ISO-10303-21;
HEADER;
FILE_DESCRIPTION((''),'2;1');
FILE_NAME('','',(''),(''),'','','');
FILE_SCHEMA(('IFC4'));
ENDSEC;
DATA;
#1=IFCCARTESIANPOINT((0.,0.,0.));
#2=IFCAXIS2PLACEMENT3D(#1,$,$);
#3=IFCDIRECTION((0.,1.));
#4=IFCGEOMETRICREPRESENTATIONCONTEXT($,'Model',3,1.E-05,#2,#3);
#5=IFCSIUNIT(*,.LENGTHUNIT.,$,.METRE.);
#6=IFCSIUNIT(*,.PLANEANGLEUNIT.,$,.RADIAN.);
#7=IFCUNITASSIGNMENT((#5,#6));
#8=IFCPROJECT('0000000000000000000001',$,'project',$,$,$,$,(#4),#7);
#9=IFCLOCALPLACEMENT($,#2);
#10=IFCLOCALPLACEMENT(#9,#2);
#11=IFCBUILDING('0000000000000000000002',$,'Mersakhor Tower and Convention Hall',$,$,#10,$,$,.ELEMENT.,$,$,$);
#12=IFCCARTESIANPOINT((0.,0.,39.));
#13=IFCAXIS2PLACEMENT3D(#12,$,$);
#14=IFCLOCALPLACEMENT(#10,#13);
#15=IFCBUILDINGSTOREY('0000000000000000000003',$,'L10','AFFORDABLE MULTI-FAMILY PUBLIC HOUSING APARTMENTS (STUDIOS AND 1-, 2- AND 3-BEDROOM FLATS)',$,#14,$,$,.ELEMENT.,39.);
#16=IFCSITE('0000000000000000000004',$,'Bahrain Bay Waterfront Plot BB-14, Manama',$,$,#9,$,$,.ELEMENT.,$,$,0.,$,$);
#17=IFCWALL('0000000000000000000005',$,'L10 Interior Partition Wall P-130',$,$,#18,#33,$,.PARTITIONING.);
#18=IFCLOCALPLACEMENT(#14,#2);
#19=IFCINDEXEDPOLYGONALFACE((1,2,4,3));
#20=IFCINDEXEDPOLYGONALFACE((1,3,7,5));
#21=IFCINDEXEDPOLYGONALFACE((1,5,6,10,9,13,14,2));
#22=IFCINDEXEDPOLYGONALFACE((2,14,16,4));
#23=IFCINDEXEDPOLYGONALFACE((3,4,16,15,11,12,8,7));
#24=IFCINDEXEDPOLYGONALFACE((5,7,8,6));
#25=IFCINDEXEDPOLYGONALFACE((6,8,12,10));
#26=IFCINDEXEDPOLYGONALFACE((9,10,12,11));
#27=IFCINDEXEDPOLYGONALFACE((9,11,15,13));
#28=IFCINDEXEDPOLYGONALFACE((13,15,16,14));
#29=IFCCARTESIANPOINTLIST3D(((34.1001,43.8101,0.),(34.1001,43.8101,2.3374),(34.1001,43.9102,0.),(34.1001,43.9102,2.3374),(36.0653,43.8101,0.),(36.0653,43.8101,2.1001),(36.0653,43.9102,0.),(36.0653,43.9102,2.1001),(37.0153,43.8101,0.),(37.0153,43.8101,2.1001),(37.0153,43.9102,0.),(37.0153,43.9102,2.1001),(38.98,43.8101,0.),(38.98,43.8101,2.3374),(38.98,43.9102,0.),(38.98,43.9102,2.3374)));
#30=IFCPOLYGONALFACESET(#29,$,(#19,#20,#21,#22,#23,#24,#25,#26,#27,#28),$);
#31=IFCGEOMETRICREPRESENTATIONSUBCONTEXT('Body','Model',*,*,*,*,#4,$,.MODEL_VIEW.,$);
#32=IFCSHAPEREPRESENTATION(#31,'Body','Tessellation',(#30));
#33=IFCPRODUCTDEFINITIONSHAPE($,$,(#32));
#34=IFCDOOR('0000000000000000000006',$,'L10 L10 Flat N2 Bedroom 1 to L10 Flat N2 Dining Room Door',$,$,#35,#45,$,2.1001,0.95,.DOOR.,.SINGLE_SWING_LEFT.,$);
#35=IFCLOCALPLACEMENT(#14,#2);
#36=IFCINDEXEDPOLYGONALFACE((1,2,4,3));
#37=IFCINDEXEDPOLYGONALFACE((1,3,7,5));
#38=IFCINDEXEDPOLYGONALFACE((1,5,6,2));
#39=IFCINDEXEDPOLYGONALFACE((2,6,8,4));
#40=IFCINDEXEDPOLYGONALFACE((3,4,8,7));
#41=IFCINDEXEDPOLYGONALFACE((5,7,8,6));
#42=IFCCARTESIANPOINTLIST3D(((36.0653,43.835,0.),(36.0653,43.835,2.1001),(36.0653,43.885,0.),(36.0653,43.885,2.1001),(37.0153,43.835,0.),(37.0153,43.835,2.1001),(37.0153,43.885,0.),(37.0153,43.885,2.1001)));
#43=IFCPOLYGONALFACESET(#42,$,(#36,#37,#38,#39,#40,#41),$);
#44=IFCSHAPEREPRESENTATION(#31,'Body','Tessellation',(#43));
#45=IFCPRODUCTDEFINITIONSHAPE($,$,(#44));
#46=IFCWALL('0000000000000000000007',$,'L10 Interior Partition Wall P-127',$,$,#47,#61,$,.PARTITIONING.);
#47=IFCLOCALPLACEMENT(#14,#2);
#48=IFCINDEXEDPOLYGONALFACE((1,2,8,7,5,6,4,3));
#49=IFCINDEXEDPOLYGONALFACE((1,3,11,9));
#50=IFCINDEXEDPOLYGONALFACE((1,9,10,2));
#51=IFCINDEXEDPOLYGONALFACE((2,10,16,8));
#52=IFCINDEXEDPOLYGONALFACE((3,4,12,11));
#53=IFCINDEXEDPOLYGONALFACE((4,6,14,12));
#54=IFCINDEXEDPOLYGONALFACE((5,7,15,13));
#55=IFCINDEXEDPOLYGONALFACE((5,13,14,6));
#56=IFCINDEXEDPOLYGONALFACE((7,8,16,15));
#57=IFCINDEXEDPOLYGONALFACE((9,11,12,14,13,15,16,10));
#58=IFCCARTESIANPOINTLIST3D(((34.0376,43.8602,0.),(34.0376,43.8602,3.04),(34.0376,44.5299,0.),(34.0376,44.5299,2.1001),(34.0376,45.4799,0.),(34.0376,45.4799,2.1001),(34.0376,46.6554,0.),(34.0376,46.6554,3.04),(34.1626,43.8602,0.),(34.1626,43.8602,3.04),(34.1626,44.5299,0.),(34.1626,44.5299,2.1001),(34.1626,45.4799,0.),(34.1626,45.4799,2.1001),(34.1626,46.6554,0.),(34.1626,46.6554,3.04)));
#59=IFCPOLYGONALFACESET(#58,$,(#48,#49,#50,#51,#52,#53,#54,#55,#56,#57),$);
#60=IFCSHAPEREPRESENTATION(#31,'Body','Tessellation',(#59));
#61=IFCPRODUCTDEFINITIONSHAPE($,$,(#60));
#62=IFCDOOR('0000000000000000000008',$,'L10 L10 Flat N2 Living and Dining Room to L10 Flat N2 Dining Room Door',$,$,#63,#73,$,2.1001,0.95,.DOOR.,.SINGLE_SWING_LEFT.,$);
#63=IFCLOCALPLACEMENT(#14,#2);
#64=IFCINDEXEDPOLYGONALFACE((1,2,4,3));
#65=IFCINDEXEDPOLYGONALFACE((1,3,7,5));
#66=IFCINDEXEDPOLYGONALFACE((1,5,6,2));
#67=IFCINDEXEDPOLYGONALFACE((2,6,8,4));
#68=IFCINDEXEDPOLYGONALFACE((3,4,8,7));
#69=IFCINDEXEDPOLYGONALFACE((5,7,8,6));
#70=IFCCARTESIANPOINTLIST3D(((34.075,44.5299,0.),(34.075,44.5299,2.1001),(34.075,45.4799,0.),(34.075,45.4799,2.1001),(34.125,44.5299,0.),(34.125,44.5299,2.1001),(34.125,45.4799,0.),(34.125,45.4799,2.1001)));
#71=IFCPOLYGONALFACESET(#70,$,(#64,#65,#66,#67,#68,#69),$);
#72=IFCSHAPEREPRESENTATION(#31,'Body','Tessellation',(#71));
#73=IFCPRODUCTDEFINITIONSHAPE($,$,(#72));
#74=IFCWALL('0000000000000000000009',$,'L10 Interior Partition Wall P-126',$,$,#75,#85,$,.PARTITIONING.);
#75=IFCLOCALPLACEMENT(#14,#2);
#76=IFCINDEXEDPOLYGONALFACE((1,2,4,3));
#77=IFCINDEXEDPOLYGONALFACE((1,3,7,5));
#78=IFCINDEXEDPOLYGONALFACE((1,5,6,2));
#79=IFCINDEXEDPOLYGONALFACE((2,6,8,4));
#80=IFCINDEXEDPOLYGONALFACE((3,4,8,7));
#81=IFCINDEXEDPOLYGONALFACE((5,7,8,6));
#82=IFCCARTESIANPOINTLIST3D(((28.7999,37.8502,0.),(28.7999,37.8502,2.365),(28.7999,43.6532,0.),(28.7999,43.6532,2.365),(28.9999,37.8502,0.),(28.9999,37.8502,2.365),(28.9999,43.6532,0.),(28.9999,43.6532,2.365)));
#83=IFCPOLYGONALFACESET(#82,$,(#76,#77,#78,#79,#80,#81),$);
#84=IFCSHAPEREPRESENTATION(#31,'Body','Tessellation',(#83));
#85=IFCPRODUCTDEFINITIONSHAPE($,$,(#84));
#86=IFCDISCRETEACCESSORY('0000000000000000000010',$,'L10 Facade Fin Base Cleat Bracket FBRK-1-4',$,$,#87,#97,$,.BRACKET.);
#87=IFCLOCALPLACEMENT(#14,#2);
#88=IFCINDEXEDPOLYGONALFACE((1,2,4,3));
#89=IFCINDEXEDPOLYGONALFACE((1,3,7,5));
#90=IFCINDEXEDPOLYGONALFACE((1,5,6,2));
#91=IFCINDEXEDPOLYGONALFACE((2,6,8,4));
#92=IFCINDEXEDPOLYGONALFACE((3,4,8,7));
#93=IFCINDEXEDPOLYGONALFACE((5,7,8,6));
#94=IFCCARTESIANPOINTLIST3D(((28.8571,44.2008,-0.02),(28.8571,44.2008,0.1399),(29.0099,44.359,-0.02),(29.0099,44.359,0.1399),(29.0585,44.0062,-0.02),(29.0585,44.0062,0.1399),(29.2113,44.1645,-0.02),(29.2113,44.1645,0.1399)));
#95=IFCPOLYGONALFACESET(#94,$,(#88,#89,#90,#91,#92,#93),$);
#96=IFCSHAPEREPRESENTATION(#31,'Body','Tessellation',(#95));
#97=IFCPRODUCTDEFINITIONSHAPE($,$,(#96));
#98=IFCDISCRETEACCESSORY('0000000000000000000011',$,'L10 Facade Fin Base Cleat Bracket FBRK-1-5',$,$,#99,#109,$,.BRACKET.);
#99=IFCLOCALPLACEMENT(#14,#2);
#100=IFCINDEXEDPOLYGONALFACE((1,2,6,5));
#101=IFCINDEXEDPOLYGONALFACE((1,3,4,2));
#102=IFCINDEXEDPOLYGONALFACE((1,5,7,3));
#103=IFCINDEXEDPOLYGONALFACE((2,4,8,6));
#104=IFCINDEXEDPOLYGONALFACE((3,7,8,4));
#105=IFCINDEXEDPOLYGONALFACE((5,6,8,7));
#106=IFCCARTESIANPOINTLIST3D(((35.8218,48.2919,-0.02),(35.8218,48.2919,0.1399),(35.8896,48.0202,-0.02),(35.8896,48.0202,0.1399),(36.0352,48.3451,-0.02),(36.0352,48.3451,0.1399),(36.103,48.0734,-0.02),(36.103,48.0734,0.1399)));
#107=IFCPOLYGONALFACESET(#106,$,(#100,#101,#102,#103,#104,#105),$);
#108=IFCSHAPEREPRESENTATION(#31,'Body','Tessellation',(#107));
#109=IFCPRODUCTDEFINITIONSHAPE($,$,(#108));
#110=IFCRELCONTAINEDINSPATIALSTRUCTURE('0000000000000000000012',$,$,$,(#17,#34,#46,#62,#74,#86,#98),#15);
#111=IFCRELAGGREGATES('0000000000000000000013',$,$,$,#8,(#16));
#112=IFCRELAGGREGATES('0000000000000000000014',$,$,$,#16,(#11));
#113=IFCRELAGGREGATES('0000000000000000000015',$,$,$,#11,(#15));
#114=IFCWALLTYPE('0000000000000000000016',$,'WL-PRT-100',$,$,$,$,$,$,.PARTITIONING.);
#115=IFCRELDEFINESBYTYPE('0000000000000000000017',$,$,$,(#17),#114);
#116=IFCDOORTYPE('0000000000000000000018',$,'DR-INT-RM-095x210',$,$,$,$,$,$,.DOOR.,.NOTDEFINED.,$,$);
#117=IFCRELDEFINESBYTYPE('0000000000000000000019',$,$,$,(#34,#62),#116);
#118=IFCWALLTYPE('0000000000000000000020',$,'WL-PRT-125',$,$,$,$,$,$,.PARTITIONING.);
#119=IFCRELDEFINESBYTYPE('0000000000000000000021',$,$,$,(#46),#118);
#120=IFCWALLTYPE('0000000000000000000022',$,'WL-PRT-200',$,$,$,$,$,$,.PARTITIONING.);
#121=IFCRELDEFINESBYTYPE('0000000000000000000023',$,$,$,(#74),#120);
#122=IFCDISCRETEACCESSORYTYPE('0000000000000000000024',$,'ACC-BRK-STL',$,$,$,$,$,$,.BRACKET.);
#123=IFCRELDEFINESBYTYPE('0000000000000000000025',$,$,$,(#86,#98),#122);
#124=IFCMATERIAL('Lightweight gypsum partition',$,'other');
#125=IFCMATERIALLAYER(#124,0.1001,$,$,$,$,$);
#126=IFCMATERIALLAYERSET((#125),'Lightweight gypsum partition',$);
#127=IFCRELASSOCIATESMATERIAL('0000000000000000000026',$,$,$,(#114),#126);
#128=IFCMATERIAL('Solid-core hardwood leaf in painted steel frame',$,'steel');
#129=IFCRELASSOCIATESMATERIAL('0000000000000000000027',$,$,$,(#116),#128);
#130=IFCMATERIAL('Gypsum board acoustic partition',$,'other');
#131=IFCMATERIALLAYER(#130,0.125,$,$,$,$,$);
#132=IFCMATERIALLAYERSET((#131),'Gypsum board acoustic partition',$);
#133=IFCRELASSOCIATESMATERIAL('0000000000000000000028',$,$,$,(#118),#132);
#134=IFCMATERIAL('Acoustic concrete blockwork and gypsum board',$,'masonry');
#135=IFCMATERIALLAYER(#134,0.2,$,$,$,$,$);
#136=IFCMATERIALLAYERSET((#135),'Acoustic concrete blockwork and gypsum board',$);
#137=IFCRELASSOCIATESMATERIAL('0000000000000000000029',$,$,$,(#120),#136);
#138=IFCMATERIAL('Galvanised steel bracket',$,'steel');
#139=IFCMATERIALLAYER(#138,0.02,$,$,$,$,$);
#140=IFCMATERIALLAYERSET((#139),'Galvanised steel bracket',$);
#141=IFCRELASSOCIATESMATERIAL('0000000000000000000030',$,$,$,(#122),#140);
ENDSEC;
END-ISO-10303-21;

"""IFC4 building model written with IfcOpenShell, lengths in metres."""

from ifc_helpers import new_model, si_unit, direction, frame, frame_2d, origin, origin_2d, place, context, subcontext, project, spatial, rectangle, extrude, material, layer, layer_set, type_object, element, fill, save


model = new_model("IFC4")

# Units and contexts
model_context = context("Model", 3, precision=1e-05, world=origin(), true_north=direction((0.0, 1.0)))
body_context = subcontext(model_context, "Body", "Model", "MODEL_VIEW")
ifc_project = project(units=[si_unit("LENGTHUNIT", "METRE"), si_unit("PLANEANGLEUNIT", "RADIAN")], contexts=[model_context])

# Site, building, storey
site_placement = place(None, origin())
site = spatial("IfcSite", under=ifc_project, at=site_placement, Name="Bahrain Bay Waterfront Plot BB-14, Manama", CompositionType="ELEMENT", RefElevation=0.0)
building_placement = place(site_placement, origin())
building = spatial("IfcBuilding", under=site, at=building_placement, Name="Mersakhor Tower and Convention Hall", CompositionType="ELEMENT")
storey_placement = place(building_placement, frame((0.0, 0.0, 39.0)))
storey = spatial("IfcBuildingStorey", under=building, at=storey_placement, Name="L10", Description="AFFORDABLE MULTI-FAMILY PUBLIC HOUSING APARTMENTS (STUDIOS AND 1-, 2- AND 3-BEDROOM FLATS)", CompositionType="ELEMENT", Elevation=39.0)

# Shared definitions
ifc_material_1 = material(Name="Lightweight gypsum partition", Category="other")
ifc_layer_1 = layer(ifc_material_1, 0.1001)
ifc_layer_set_1 = layer_set([ifc_layer_1], Name="Lightweight gypsum partition")
wall_type_1 = type_object("IfcWallType", Name="WL-PRT-100", PredefinedType="PARTITIONING", material=ifc_layer_set_1)

# Walls, openings, doors
ifc_material_2 = material(Name="Solid-core hardwood leaf in painted steel frame", Category="steel")
door_type = type_object("IfcDoorType", Name="DR-INT-RM-095x210", OperationType="NOTDEFINED", PredefinedType="DOOR", material=ifc_material_2)
wall_1_placement = place(storey_placement, frame((34.1001, 43.8601, 0.0), z_axis=(0.0, 0.0, 1.0), x_axis=(1.0, 0.0, 0.0)))
wall_1 = element("IfcWall", 1, at=wall_1_placement, inside=storey, type_object=wall_type_1, Name="L10 Interior Partition Wall P-130", PredefinedType="PARTITIONING", context=body_context, shape_type="SweptSolid", body=[
    extrude(rectangle(XDim=4.8799, YDim=0.1001, at=frame_2d((2.4399, 0.0))), origin(), (0.0, 0.0, 1.0), 2.3374),
])
opening_1_placement = place(wall_1_placement, frame((1.9651, 0.0, 0.0)))
opening_1 = element("IfcOpeningElement", 2, at=opening_1_placement, cuts=wall_1, PredefinedType="OPENING", context=body_context, shape_type="SweptSolid", body=[
    extrude(rectangle(XDim=0.95, YDim=2.1001, at=frame_2d((0.4751, 1.05))), frame((0.0, 0.0601, 0.0), z_axis=(0.0, -1.0, 0.0), x_axis=(1.0, 0.0, 0.0)), (0.0, 0.0, 1.0), 0.1201),
])
door_1_placement = place(opening_1_placement, origin())
door_1 = element("IfcDoor", 3, at=door_1_placement, inside=storey, type_object=door_type, Name="L10 L10 Flat N2 Bedroom 1 to L10 Flat N2 Dining Room Door", OperationType="SINGLE_SWING_LEFT", OverallHeight=2.1001, OverallWidth=0.95, PredefinedType="DOOR", context=body_context, shape_type="SweptSolid", body=[
    extrude(rectangle(XDim=0.95, YDim=2.1001, at=frame_2d((0.4751, 1.05))), frame((0.0, 0.0249, 0.0), z_axis=(0.0, -1.0, 0.0), x_axis=(1.0, 0.0, 0.0)), (0.0, 0.0, 1.0), 0.05),
])
fill(opening_1, door_1)
ifc_material_3 = material(Name="Gypsum board acoustic partition", Category="other")
ifc_layer_2 = layer(ifc_material_3, 0.125)
ifc_layer_set_2 = layer_set([ifc_layer_2], Name="Gypsum board acoustic partition")
wall_type_2 = type_object("IfcWallType", Name="WL-PRT-125", PredefinedType="PARTITIONING", material=ifc_layer_set_2)
wall_2_placement = place(storey_placement, frame((34.1001, 46.6553, 0.0), z_axis=(0.0, 0.0, 1.0), x_axis=(0.0, -1.0, 0.0)))
wall_2 = element("IfcWall", 4, at=wall_2_placement, inside=storey, type_object=wall_type_2, Name="L10 Interior Partition Wall P-127", PredefinedType="PARTITIONING", context=body_context, shape_type="SweptSolid", body=[
    extrude(rectangle(XDim=2.7952, YDim=0.125, at=frame_2d((1.3975, 0.0))), origin(), (0.0, 0.0, 1.0), 3.04),
])
opening_2_placement = place(wall_2_placement, frame((1.1753, 0.0, 0.0)))
opening_2 = element("IfcOpeningElement", 5, at=opening_2_placement, cuts=wall_2, PredefinedType="OPENING", context=body_context, shape_type="SweptSolid", body=[
    extrude(rectangle(XDim=0.95, YDim=2.1001, at=frame_2d((0.4751, 1.05))), frame((0.0, 0.0725, 0.0), z_axis=(0.0, -1.0, 0.0), x_axis=(1.0, 0.0, 0.0)), (0.0, 0.0, 1.0), 0.145),
])
door_2_placement = place(opening_2_placement, origin())
door_2 = element("IfcDoor", 6, at=door_2_placement, inside=storey, type_object=door_type, Name="L10 L10 Flat N2 Living and Dining Room to L10 Flat N2 Dining Room Door", OperationType="SINGLE_SWING_LEFT", OverallHeight=2.1001, OverallWidth=0.95, PredefinedType="DOOR", context=body_context, shape_type="SweptSolid", body=[
    extrude(rectangle(XDim=0.95, YDim=2.1001, at=frame_2d((0.4751, 1.05))), frame((0.0, 0.0249, 0.0), z_axis=(0.0, -1.0, 0.0), x_axis=(1.0, 0.0, 0.0)), (0.0, 0.0, 1.0), 0.05),
])
fill(opening_2, door_2)

# Wall
ifc_material_4 = material(Name="Acoustic concrete blockwork and gypsum board", Category="masonry")
ifc_layer_3 = layer(ifc_material_4, 0.2)
ifc_layer_set_3 = layer_set([ifc_layer_3], Name="Acoustic concrete blockwork and gypsum board")
wall_type_3 = type_object("IfcWallType", Name="WL-PRT-200", PredefinedType="PARTITIONING", material=ifc_layer_set_3)
wall_3_placement = place(storey_placement, frame((28.8999, 43.6531, 0.0), z_axis=(0.0, 0.0, 1.0), x_axis=(0.0, -1.0, 0.0)))
element("IfcWall", 7, at=wall_3_placement, inside=storey, type_object=wall_type_3, Name="L10 Interior Partition Wall P-126", PredefinedType="PARTITIONING", context=body_context, shape_type="SweptSolid", body=[
    extrude(rectangle(XDim=5.803, YDim=0.2, at=frame_2d((2.9014, 0.0))), origin(), (0.0, 0.0, 1.0), 2.365),
])

# Discrete accessories
ifc_material_5 = material(Name="Galvanised steel bracket", Category="steel")
ifc_layer_4 = layer(ifc_material_5, 0.02)
ifc_layer_set_4 = layer_set([ifc_layer_4], Name="Galvanised steel bracket")
discrete_accessory_type = type_object("IfcDiscreteAccessoryType", Name="ACC-BRK-STL", PredefinedType="BRACKET", material=ifc_layer_set_4)
for number, where, z_axis, x_axis, name in (
    (8, (29.0342, 44.1826, -0.02), (0.0, 0.0, 1.0), (-0.71934, 0.694658, 0.0), "L10 Facade Fin Base Cleat Bracket FBRK-1-4"),
    (9, (35.9624, 48.1826, -0.02), (0.0, 0.0, 1.0), (-0.241922, 0.970296, 0.0), "L10 Facade Fin Base Cleat Bracket FBRK-1-5"),
):
    element("IfcDiscreteAccessory", number, at=place(storey_placement, frame(where, z_axis=z_axis, x_axis=x_axis)), inside=storey, type_object=discrete_accessory_type, Name=name, PredefinedType="BRACKET", context=body_context, shape_type="SweptSolid", body=[
        extrude(rectangle(XDim=0.28, YDim=0.22, at=origin_2d()), origin(), (0.0, 0.0, 1.0), 0.1599),
    ])

save(model, "model.ifc")
